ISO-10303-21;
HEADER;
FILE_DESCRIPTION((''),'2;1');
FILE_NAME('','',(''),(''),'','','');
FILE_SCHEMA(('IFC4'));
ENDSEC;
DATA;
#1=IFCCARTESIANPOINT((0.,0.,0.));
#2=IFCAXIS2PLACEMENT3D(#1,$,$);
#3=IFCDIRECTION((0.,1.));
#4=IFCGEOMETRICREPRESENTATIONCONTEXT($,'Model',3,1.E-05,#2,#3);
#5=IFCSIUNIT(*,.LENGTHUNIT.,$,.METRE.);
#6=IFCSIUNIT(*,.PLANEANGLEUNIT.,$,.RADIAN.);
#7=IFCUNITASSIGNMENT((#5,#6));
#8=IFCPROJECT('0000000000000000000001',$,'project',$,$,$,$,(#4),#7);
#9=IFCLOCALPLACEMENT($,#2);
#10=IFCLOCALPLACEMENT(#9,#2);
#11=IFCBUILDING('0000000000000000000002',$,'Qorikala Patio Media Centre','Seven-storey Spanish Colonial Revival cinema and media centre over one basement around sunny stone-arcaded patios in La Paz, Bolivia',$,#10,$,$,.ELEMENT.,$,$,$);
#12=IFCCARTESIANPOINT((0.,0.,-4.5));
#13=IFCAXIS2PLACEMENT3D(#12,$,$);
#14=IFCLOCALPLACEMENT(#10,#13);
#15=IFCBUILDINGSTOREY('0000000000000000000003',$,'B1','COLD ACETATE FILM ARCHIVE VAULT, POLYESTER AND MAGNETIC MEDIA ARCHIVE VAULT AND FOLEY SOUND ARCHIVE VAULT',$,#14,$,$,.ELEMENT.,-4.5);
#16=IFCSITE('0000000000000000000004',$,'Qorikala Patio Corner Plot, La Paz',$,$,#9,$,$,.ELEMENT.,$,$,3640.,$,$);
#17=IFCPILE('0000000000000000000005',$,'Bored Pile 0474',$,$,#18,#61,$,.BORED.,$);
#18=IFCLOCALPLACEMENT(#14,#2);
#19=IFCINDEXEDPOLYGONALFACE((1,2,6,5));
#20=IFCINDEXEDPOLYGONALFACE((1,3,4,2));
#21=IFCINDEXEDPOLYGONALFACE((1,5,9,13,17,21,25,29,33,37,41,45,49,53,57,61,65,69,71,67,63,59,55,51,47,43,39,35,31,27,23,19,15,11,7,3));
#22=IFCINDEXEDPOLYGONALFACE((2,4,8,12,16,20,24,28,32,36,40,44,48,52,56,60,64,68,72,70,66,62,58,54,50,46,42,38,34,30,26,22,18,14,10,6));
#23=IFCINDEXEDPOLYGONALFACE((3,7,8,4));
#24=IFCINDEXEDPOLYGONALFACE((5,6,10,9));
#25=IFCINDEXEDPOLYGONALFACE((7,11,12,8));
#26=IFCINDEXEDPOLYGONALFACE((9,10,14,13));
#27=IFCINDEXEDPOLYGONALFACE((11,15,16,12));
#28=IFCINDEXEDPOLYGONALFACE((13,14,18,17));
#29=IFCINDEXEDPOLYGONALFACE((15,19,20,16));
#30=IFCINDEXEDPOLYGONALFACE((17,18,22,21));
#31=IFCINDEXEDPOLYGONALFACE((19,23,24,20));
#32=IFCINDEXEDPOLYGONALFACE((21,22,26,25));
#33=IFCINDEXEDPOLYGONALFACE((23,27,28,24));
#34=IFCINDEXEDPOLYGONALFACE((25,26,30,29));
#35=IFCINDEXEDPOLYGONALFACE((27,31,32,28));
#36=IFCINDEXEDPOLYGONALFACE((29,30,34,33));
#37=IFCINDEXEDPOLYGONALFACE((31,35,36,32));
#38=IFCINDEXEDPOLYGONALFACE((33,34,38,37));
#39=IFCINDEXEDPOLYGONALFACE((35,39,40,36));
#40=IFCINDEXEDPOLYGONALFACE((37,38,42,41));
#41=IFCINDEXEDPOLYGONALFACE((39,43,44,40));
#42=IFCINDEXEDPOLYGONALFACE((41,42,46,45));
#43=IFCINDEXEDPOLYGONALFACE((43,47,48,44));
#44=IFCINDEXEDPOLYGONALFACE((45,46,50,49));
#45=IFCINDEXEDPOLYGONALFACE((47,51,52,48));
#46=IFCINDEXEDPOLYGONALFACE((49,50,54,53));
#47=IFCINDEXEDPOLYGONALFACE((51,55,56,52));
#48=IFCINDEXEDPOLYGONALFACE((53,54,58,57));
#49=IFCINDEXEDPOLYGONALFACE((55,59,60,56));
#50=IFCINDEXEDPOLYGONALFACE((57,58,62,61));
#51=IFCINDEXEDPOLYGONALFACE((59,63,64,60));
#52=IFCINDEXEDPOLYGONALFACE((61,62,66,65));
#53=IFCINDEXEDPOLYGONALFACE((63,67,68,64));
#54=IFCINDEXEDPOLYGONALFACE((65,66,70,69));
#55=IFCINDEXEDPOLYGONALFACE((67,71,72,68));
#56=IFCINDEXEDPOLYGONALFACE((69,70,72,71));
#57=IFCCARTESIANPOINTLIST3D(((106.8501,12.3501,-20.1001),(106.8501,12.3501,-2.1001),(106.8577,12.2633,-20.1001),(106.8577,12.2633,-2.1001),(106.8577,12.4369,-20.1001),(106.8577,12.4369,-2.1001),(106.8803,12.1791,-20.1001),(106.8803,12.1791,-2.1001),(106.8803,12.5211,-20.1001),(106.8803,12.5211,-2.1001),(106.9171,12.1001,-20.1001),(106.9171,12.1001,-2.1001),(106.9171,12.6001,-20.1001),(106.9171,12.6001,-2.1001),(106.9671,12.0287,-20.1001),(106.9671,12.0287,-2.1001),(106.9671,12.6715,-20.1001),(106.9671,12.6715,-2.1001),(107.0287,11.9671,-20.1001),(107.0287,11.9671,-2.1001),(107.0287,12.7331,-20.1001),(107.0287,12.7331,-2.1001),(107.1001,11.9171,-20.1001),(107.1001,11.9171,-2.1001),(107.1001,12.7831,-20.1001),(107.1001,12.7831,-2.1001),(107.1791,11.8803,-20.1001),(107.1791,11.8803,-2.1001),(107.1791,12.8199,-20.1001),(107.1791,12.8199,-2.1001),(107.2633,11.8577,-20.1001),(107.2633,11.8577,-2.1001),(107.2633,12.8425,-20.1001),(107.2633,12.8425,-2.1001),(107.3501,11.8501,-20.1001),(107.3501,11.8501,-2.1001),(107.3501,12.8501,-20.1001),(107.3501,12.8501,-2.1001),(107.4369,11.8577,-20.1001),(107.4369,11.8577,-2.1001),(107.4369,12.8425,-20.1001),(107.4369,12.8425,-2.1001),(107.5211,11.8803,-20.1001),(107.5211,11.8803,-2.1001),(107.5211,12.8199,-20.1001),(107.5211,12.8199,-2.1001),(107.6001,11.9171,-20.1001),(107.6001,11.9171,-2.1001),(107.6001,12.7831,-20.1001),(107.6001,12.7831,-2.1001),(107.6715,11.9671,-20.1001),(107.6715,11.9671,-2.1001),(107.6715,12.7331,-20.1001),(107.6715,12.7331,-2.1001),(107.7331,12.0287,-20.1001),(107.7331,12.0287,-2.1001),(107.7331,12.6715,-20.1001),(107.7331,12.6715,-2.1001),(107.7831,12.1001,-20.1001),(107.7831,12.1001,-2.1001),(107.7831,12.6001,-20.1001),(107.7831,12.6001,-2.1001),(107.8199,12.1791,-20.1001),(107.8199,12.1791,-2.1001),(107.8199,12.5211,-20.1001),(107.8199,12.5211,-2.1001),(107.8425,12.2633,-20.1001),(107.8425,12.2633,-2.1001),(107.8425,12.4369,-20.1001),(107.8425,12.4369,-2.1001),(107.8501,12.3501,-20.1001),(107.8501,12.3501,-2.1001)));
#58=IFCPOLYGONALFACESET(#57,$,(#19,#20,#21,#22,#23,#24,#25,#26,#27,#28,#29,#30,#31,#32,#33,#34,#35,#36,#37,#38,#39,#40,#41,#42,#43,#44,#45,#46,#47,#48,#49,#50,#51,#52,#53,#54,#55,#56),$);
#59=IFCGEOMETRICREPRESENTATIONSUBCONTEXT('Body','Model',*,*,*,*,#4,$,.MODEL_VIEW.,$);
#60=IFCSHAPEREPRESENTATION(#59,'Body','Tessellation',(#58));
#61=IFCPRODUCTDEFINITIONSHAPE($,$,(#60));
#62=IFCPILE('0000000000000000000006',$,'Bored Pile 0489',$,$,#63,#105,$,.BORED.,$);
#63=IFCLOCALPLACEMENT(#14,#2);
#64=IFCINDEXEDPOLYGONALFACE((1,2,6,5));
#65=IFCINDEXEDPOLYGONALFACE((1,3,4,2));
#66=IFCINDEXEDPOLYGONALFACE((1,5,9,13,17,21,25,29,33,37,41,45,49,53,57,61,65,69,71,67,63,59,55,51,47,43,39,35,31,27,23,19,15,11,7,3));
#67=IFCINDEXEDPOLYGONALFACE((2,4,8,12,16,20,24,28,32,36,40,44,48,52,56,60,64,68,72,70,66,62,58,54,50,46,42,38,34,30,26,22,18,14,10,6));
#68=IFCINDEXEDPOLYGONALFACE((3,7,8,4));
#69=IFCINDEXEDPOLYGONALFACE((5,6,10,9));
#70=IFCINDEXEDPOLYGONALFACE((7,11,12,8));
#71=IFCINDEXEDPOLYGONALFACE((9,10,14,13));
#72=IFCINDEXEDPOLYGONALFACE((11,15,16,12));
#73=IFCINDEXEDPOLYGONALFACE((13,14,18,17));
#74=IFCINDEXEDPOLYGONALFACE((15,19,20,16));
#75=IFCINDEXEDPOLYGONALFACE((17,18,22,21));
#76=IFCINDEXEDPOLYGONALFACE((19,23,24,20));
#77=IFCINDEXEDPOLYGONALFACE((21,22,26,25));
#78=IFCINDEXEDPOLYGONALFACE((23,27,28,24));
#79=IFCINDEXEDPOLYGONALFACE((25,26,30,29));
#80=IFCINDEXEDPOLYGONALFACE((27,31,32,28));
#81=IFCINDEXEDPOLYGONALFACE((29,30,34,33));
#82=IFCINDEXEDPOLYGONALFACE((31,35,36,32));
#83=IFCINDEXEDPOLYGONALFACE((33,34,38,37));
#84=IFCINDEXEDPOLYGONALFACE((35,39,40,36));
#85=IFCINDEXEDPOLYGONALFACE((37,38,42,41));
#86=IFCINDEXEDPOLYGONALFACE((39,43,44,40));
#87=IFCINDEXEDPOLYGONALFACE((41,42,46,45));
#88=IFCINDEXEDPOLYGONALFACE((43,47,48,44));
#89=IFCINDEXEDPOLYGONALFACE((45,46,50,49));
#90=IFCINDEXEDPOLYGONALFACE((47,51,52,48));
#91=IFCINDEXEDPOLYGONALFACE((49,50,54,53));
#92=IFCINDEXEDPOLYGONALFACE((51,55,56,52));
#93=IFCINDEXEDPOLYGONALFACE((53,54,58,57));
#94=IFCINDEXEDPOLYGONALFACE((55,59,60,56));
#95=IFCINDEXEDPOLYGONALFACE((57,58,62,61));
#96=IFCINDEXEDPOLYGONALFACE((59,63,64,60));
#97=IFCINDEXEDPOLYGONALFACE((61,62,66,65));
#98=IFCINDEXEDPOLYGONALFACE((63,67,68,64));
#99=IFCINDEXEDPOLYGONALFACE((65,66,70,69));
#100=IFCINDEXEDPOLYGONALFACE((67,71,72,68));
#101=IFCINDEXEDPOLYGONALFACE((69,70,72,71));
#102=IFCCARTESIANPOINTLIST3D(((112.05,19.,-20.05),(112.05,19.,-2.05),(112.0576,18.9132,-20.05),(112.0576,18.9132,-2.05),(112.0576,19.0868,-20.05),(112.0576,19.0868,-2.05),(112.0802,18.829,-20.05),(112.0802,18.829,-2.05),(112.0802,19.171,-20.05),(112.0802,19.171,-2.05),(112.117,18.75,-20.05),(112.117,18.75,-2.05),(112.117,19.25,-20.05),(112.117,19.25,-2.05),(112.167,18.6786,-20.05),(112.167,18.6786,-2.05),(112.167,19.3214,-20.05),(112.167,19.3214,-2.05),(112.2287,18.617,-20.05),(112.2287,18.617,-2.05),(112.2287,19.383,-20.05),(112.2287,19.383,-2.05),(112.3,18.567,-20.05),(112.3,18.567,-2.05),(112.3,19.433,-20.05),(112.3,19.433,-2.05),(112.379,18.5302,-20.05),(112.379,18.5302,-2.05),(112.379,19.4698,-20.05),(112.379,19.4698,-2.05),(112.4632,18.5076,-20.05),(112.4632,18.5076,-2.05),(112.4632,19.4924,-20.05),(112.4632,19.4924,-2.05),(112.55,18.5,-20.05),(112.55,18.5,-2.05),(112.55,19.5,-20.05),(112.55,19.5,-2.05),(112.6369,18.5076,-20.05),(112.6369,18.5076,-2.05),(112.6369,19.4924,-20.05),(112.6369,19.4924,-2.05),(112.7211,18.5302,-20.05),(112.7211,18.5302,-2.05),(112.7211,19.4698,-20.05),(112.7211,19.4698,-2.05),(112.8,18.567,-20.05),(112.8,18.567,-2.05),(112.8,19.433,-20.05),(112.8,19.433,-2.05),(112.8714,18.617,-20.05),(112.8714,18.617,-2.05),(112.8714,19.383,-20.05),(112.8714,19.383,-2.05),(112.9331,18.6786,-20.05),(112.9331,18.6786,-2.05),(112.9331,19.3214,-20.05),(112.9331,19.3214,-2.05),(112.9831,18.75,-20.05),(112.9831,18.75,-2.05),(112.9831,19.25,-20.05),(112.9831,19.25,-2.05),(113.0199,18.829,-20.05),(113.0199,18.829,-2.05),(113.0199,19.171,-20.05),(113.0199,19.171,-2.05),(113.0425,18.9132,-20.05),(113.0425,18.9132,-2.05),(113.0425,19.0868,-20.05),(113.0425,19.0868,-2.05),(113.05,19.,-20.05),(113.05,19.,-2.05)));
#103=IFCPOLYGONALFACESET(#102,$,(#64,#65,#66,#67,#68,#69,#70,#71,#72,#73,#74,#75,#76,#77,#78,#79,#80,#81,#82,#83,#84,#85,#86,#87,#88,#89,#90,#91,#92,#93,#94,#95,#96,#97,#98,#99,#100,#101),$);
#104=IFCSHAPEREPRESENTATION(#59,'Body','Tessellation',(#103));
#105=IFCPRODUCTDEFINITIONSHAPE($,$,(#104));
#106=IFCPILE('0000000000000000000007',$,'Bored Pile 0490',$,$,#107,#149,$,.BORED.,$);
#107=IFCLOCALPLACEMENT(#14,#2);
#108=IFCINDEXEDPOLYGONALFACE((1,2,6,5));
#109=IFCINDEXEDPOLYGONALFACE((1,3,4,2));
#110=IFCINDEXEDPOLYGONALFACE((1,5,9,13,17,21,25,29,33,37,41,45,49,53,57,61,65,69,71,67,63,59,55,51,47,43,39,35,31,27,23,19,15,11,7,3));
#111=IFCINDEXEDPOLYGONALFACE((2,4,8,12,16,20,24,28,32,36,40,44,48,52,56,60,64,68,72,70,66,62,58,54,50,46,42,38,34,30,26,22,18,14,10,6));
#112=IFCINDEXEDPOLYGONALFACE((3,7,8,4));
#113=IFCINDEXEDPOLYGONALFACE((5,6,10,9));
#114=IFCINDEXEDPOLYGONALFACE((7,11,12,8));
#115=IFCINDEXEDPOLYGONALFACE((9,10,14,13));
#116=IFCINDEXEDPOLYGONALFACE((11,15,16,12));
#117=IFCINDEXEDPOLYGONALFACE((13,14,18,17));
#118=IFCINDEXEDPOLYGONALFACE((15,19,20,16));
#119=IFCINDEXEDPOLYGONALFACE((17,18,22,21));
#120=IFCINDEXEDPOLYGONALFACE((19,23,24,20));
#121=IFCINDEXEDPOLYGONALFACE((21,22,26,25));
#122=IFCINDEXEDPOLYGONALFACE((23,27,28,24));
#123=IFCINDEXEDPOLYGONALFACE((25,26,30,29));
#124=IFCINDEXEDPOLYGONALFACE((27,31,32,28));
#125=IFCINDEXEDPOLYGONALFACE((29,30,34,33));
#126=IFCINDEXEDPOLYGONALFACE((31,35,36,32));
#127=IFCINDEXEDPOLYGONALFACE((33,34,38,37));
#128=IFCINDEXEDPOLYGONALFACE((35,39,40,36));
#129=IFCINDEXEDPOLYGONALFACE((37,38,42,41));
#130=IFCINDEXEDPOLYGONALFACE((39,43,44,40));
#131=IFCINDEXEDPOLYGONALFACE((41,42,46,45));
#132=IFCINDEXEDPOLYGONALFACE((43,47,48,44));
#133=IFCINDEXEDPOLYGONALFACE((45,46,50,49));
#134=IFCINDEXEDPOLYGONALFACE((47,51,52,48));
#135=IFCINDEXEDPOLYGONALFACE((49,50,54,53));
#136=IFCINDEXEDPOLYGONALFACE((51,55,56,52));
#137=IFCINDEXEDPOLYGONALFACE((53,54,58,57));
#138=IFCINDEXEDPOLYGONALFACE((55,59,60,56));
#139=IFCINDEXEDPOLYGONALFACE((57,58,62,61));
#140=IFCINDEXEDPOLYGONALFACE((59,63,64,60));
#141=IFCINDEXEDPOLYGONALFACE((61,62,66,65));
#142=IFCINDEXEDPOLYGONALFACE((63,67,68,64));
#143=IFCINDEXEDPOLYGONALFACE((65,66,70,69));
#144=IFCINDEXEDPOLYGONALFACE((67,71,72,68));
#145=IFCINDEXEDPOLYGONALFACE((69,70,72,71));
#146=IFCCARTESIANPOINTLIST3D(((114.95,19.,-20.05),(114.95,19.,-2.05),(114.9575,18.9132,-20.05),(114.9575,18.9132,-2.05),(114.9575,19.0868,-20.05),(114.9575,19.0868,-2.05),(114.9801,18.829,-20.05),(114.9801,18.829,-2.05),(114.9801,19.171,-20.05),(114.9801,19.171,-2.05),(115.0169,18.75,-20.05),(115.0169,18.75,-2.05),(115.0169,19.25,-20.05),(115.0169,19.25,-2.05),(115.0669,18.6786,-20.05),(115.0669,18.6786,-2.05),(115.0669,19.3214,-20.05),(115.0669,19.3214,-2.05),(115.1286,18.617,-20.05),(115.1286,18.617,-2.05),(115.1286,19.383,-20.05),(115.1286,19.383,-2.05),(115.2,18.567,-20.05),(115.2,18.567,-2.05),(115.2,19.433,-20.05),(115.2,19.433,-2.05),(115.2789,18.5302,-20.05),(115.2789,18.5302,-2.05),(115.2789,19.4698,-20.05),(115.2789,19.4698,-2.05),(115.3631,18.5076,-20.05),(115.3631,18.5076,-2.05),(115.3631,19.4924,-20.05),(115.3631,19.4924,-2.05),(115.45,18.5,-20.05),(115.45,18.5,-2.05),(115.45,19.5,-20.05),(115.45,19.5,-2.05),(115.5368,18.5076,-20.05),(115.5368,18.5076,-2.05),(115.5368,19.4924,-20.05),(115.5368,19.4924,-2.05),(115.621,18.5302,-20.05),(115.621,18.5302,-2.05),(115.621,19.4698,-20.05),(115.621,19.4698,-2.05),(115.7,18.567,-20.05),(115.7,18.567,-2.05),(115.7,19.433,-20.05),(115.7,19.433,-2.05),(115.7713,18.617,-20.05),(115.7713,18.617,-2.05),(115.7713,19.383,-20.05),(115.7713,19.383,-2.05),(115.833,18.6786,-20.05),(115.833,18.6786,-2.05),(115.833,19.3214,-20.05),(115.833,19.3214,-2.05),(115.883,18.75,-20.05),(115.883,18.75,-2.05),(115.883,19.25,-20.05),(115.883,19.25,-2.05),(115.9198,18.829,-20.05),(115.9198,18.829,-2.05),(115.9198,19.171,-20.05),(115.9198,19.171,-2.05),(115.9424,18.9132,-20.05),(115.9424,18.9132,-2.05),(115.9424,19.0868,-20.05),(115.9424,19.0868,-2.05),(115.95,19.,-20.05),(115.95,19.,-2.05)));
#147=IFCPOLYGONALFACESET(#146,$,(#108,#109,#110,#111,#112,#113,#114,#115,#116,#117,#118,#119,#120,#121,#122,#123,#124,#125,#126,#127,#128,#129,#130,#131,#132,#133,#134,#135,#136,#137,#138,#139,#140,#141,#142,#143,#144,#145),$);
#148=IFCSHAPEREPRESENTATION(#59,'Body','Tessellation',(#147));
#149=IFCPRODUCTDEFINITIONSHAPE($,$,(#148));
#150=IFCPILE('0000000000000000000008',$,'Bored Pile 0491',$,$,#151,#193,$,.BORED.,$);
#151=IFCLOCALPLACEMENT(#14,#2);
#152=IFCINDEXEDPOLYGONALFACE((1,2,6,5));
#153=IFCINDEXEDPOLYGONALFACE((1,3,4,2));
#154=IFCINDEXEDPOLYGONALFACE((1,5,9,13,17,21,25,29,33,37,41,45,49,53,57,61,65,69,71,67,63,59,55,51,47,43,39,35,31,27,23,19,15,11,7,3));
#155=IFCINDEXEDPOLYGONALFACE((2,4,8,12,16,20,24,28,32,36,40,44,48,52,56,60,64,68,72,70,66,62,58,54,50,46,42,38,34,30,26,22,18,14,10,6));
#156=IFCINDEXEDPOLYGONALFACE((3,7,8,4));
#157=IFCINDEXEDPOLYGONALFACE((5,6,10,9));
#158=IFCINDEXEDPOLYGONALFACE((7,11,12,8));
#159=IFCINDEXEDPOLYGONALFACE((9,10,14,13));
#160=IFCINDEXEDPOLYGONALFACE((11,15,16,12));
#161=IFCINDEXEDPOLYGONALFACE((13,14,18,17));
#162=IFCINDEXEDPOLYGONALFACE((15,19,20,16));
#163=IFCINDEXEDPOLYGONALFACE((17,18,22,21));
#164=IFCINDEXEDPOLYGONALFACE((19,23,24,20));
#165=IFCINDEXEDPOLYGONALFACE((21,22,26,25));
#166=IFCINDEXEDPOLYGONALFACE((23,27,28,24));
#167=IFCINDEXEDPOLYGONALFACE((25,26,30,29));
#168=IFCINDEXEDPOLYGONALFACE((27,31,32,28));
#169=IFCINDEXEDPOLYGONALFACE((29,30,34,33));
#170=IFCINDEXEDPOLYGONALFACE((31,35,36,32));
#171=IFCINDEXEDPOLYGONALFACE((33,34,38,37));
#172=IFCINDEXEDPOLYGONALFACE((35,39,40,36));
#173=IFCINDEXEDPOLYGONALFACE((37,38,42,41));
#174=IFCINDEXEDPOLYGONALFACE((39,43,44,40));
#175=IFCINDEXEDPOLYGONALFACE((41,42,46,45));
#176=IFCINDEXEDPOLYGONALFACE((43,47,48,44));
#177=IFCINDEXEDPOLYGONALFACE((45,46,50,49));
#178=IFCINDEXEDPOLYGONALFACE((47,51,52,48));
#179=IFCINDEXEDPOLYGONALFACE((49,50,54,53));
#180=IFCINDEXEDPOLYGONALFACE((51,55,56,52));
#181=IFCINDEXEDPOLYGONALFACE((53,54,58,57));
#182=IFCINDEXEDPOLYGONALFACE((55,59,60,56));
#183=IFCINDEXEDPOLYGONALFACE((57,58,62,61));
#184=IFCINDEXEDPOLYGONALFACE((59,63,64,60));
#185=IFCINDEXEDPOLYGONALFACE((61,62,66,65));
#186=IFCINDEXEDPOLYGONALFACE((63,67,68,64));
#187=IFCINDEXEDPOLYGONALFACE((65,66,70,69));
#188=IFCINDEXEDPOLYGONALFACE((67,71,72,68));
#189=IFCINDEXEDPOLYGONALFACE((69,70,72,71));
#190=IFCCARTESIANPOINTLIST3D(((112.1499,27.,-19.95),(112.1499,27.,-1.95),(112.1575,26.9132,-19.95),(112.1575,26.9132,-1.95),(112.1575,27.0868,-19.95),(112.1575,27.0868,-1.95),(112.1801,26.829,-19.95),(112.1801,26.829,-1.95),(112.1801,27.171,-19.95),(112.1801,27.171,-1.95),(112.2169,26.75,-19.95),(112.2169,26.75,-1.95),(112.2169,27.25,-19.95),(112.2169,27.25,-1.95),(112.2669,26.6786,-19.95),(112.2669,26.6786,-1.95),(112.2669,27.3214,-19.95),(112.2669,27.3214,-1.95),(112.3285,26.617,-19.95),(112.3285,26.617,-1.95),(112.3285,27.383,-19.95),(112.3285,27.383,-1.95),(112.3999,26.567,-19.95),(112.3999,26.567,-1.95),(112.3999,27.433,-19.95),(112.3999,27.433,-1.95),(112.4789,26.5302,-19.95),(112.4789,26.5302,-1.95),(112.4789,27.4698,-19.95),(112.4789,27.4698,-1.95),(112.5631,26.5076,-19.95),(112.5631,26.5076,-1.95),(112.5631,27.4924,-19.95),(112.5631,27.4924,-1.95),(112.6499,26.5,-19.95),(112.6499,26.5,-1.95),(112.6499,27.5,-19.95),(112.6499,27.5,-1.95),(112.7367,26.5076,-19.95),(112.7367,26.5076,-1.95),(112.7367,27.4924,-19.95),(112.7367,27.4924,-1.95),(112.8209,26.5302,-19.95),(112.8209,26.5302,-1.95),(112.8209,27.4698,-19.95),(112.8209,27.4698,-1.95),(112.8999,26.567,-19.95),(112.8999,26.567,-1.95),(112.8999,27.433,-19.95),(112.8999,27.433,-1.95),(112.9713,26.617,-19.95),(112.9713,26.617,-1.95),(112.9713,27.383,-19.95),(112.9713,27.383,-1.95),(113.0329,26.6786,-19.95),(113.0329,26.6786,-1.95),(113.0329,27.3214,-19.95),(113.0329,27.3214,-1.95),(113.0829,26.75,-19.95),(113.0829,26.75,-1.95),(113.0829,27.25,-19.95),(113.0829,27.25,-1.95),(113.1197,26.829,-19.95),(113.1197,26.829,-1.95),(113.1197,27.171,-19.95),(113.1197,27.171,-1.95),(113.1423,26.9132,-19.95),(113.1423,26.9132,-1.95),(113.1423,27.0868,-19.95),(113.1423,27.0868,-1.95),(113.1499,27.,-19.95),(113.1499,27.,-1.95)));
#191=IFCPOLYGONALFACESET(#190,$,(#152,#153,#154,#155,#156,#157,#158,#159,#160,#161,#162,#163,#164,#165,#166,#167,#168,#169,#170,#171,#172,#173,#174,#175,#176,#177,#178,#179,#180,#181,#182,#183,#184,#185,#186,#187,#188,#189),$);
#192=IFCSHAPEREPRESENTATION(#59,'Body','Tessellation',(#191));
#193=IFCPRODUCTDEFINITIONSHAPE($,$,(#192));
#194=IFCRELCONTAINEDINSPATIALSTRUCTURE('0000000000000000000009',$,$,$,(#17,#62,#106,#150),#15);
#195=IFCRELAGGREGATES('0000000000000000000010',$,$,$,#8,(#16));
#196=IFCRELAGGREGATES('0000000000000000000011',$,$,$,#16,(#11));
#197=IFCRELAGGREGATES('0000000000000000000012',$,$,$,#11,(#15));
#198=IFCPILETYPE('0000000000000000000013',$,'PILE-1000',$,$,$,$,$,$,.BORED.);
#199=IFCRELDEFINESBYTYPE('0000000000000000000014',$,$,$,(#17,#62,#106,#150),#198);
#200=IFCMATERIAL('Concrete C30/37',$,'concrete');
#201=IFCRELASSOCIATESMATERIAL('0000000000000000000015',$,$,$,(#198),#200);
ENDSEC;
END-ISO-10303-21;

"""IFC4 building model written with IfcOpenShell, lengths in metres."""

from ifc_helpers import new_model, si_unit, direction, frame, origin, origin_2d, place, context, subcontext, project, spatial, circle, extrude, material, material_profile, profile_set, type_object, element, save


model = new_model("IFC4")

# Units and contexts
model_context = context("Model", 3, precision=1e-05, world=origin(), true_north=direction((0.0, 1.0)))
body_context = subcontext(model_context, "Body", "Model", "MODEL_VIEW")
ifc_project = project(units=[si_unit("LENGTHUNIT", "METRE"), si_unit("PLANEANGLEUNIT", "RADIAN")], contexts=[model_context])

# Site, building, storey
site_placement = place(None, origin())
site = spatial("IfcSite", under=ifc_project, at=site_placement, Name="Qorikala Patio Corner Plot, La Paz", CompositionType="ELEMENT", RefElevation=3640.0)
building_placement = place(site_placement, origin())
building = spatial("IfcBuilding", under=site, at=building_placement, Name="Qorikala Patio Media Centre", Description="Seven-storey Spanish Colonial Revival cinema and media centre over one basement around sunny stone-arcaded patios in La Paz, Bolivia", CompositionType="ELEMENT")
storey_placement = place(building_placement, frame((0.0, 0.0, -4.5)))
storey = spatial("IfcBuildingStorey", under=building, at=storey_placement, Name="B1", Description="COLD ACETATE FILM ARCHIVE VAULT, POLYESTER AND MAGNETIC MEDIA ARCHIVE VAULT AND FOLEY SOUND ARCHIVE VAULT", CompositionType="ELEMENT", Elevation=-4.5)

# Shared definitions
ifc_material_1 = material(Name="Concrete C30/37", Category="concrete")

# Piles
ifc_material_profile_1 = material_profile(ifc_material_1, circle(Radius=0.5, at=origin_2d()), Name="BORED PILE 1000")
ifc_profile_set_1 = profile_set([ifc_material_profile_1], Name="Concrete C30/37")
pile_type_1 = type_object("IfcPileType", Name="PILE-1000", PredefinedType="BORED", material=ifc_profile_set_1)
for number, where, z_axis, x_axis, name in (
    (1, (107.3501, 12.3501, -2.1001), (0.0, 0.0, -1.0), (1.0, 0.0, 0.0), "Bored Pile 0474"),
    (2, (112.55, 19.0, -2.05), (0.0, 0.0, -1.0), (1.0, 0.0, 0.0), "Bored Pile 0489"),
    (3, (115.45, 19.0, -2.05), (0.0, 0.0, -1.0), (1.0, 0.0, 0.0), "Bored Pile 0490"),
    (4, (112.6499, 27.0, -1.95), (0.0, 0.0, -1.0), (1.0, 0.0, 0.0), "Bored Pile 0491"),
):
    element("IfcPile", number, at=place(storey_placement, frame(where, z_axis=z_axis, x_axis=x_axis)), inside=storey, type_object=pile_type_1, Name=name, PredefinedType="BORED", context=body_context, shape_type="SweptSolid", body=[
        extrude(circle(Radius=0.5, at=origin_2d()), origin(), (0.0, 0.0, 1.0), 18.0),
    ])

save(model, "model.ifc")
